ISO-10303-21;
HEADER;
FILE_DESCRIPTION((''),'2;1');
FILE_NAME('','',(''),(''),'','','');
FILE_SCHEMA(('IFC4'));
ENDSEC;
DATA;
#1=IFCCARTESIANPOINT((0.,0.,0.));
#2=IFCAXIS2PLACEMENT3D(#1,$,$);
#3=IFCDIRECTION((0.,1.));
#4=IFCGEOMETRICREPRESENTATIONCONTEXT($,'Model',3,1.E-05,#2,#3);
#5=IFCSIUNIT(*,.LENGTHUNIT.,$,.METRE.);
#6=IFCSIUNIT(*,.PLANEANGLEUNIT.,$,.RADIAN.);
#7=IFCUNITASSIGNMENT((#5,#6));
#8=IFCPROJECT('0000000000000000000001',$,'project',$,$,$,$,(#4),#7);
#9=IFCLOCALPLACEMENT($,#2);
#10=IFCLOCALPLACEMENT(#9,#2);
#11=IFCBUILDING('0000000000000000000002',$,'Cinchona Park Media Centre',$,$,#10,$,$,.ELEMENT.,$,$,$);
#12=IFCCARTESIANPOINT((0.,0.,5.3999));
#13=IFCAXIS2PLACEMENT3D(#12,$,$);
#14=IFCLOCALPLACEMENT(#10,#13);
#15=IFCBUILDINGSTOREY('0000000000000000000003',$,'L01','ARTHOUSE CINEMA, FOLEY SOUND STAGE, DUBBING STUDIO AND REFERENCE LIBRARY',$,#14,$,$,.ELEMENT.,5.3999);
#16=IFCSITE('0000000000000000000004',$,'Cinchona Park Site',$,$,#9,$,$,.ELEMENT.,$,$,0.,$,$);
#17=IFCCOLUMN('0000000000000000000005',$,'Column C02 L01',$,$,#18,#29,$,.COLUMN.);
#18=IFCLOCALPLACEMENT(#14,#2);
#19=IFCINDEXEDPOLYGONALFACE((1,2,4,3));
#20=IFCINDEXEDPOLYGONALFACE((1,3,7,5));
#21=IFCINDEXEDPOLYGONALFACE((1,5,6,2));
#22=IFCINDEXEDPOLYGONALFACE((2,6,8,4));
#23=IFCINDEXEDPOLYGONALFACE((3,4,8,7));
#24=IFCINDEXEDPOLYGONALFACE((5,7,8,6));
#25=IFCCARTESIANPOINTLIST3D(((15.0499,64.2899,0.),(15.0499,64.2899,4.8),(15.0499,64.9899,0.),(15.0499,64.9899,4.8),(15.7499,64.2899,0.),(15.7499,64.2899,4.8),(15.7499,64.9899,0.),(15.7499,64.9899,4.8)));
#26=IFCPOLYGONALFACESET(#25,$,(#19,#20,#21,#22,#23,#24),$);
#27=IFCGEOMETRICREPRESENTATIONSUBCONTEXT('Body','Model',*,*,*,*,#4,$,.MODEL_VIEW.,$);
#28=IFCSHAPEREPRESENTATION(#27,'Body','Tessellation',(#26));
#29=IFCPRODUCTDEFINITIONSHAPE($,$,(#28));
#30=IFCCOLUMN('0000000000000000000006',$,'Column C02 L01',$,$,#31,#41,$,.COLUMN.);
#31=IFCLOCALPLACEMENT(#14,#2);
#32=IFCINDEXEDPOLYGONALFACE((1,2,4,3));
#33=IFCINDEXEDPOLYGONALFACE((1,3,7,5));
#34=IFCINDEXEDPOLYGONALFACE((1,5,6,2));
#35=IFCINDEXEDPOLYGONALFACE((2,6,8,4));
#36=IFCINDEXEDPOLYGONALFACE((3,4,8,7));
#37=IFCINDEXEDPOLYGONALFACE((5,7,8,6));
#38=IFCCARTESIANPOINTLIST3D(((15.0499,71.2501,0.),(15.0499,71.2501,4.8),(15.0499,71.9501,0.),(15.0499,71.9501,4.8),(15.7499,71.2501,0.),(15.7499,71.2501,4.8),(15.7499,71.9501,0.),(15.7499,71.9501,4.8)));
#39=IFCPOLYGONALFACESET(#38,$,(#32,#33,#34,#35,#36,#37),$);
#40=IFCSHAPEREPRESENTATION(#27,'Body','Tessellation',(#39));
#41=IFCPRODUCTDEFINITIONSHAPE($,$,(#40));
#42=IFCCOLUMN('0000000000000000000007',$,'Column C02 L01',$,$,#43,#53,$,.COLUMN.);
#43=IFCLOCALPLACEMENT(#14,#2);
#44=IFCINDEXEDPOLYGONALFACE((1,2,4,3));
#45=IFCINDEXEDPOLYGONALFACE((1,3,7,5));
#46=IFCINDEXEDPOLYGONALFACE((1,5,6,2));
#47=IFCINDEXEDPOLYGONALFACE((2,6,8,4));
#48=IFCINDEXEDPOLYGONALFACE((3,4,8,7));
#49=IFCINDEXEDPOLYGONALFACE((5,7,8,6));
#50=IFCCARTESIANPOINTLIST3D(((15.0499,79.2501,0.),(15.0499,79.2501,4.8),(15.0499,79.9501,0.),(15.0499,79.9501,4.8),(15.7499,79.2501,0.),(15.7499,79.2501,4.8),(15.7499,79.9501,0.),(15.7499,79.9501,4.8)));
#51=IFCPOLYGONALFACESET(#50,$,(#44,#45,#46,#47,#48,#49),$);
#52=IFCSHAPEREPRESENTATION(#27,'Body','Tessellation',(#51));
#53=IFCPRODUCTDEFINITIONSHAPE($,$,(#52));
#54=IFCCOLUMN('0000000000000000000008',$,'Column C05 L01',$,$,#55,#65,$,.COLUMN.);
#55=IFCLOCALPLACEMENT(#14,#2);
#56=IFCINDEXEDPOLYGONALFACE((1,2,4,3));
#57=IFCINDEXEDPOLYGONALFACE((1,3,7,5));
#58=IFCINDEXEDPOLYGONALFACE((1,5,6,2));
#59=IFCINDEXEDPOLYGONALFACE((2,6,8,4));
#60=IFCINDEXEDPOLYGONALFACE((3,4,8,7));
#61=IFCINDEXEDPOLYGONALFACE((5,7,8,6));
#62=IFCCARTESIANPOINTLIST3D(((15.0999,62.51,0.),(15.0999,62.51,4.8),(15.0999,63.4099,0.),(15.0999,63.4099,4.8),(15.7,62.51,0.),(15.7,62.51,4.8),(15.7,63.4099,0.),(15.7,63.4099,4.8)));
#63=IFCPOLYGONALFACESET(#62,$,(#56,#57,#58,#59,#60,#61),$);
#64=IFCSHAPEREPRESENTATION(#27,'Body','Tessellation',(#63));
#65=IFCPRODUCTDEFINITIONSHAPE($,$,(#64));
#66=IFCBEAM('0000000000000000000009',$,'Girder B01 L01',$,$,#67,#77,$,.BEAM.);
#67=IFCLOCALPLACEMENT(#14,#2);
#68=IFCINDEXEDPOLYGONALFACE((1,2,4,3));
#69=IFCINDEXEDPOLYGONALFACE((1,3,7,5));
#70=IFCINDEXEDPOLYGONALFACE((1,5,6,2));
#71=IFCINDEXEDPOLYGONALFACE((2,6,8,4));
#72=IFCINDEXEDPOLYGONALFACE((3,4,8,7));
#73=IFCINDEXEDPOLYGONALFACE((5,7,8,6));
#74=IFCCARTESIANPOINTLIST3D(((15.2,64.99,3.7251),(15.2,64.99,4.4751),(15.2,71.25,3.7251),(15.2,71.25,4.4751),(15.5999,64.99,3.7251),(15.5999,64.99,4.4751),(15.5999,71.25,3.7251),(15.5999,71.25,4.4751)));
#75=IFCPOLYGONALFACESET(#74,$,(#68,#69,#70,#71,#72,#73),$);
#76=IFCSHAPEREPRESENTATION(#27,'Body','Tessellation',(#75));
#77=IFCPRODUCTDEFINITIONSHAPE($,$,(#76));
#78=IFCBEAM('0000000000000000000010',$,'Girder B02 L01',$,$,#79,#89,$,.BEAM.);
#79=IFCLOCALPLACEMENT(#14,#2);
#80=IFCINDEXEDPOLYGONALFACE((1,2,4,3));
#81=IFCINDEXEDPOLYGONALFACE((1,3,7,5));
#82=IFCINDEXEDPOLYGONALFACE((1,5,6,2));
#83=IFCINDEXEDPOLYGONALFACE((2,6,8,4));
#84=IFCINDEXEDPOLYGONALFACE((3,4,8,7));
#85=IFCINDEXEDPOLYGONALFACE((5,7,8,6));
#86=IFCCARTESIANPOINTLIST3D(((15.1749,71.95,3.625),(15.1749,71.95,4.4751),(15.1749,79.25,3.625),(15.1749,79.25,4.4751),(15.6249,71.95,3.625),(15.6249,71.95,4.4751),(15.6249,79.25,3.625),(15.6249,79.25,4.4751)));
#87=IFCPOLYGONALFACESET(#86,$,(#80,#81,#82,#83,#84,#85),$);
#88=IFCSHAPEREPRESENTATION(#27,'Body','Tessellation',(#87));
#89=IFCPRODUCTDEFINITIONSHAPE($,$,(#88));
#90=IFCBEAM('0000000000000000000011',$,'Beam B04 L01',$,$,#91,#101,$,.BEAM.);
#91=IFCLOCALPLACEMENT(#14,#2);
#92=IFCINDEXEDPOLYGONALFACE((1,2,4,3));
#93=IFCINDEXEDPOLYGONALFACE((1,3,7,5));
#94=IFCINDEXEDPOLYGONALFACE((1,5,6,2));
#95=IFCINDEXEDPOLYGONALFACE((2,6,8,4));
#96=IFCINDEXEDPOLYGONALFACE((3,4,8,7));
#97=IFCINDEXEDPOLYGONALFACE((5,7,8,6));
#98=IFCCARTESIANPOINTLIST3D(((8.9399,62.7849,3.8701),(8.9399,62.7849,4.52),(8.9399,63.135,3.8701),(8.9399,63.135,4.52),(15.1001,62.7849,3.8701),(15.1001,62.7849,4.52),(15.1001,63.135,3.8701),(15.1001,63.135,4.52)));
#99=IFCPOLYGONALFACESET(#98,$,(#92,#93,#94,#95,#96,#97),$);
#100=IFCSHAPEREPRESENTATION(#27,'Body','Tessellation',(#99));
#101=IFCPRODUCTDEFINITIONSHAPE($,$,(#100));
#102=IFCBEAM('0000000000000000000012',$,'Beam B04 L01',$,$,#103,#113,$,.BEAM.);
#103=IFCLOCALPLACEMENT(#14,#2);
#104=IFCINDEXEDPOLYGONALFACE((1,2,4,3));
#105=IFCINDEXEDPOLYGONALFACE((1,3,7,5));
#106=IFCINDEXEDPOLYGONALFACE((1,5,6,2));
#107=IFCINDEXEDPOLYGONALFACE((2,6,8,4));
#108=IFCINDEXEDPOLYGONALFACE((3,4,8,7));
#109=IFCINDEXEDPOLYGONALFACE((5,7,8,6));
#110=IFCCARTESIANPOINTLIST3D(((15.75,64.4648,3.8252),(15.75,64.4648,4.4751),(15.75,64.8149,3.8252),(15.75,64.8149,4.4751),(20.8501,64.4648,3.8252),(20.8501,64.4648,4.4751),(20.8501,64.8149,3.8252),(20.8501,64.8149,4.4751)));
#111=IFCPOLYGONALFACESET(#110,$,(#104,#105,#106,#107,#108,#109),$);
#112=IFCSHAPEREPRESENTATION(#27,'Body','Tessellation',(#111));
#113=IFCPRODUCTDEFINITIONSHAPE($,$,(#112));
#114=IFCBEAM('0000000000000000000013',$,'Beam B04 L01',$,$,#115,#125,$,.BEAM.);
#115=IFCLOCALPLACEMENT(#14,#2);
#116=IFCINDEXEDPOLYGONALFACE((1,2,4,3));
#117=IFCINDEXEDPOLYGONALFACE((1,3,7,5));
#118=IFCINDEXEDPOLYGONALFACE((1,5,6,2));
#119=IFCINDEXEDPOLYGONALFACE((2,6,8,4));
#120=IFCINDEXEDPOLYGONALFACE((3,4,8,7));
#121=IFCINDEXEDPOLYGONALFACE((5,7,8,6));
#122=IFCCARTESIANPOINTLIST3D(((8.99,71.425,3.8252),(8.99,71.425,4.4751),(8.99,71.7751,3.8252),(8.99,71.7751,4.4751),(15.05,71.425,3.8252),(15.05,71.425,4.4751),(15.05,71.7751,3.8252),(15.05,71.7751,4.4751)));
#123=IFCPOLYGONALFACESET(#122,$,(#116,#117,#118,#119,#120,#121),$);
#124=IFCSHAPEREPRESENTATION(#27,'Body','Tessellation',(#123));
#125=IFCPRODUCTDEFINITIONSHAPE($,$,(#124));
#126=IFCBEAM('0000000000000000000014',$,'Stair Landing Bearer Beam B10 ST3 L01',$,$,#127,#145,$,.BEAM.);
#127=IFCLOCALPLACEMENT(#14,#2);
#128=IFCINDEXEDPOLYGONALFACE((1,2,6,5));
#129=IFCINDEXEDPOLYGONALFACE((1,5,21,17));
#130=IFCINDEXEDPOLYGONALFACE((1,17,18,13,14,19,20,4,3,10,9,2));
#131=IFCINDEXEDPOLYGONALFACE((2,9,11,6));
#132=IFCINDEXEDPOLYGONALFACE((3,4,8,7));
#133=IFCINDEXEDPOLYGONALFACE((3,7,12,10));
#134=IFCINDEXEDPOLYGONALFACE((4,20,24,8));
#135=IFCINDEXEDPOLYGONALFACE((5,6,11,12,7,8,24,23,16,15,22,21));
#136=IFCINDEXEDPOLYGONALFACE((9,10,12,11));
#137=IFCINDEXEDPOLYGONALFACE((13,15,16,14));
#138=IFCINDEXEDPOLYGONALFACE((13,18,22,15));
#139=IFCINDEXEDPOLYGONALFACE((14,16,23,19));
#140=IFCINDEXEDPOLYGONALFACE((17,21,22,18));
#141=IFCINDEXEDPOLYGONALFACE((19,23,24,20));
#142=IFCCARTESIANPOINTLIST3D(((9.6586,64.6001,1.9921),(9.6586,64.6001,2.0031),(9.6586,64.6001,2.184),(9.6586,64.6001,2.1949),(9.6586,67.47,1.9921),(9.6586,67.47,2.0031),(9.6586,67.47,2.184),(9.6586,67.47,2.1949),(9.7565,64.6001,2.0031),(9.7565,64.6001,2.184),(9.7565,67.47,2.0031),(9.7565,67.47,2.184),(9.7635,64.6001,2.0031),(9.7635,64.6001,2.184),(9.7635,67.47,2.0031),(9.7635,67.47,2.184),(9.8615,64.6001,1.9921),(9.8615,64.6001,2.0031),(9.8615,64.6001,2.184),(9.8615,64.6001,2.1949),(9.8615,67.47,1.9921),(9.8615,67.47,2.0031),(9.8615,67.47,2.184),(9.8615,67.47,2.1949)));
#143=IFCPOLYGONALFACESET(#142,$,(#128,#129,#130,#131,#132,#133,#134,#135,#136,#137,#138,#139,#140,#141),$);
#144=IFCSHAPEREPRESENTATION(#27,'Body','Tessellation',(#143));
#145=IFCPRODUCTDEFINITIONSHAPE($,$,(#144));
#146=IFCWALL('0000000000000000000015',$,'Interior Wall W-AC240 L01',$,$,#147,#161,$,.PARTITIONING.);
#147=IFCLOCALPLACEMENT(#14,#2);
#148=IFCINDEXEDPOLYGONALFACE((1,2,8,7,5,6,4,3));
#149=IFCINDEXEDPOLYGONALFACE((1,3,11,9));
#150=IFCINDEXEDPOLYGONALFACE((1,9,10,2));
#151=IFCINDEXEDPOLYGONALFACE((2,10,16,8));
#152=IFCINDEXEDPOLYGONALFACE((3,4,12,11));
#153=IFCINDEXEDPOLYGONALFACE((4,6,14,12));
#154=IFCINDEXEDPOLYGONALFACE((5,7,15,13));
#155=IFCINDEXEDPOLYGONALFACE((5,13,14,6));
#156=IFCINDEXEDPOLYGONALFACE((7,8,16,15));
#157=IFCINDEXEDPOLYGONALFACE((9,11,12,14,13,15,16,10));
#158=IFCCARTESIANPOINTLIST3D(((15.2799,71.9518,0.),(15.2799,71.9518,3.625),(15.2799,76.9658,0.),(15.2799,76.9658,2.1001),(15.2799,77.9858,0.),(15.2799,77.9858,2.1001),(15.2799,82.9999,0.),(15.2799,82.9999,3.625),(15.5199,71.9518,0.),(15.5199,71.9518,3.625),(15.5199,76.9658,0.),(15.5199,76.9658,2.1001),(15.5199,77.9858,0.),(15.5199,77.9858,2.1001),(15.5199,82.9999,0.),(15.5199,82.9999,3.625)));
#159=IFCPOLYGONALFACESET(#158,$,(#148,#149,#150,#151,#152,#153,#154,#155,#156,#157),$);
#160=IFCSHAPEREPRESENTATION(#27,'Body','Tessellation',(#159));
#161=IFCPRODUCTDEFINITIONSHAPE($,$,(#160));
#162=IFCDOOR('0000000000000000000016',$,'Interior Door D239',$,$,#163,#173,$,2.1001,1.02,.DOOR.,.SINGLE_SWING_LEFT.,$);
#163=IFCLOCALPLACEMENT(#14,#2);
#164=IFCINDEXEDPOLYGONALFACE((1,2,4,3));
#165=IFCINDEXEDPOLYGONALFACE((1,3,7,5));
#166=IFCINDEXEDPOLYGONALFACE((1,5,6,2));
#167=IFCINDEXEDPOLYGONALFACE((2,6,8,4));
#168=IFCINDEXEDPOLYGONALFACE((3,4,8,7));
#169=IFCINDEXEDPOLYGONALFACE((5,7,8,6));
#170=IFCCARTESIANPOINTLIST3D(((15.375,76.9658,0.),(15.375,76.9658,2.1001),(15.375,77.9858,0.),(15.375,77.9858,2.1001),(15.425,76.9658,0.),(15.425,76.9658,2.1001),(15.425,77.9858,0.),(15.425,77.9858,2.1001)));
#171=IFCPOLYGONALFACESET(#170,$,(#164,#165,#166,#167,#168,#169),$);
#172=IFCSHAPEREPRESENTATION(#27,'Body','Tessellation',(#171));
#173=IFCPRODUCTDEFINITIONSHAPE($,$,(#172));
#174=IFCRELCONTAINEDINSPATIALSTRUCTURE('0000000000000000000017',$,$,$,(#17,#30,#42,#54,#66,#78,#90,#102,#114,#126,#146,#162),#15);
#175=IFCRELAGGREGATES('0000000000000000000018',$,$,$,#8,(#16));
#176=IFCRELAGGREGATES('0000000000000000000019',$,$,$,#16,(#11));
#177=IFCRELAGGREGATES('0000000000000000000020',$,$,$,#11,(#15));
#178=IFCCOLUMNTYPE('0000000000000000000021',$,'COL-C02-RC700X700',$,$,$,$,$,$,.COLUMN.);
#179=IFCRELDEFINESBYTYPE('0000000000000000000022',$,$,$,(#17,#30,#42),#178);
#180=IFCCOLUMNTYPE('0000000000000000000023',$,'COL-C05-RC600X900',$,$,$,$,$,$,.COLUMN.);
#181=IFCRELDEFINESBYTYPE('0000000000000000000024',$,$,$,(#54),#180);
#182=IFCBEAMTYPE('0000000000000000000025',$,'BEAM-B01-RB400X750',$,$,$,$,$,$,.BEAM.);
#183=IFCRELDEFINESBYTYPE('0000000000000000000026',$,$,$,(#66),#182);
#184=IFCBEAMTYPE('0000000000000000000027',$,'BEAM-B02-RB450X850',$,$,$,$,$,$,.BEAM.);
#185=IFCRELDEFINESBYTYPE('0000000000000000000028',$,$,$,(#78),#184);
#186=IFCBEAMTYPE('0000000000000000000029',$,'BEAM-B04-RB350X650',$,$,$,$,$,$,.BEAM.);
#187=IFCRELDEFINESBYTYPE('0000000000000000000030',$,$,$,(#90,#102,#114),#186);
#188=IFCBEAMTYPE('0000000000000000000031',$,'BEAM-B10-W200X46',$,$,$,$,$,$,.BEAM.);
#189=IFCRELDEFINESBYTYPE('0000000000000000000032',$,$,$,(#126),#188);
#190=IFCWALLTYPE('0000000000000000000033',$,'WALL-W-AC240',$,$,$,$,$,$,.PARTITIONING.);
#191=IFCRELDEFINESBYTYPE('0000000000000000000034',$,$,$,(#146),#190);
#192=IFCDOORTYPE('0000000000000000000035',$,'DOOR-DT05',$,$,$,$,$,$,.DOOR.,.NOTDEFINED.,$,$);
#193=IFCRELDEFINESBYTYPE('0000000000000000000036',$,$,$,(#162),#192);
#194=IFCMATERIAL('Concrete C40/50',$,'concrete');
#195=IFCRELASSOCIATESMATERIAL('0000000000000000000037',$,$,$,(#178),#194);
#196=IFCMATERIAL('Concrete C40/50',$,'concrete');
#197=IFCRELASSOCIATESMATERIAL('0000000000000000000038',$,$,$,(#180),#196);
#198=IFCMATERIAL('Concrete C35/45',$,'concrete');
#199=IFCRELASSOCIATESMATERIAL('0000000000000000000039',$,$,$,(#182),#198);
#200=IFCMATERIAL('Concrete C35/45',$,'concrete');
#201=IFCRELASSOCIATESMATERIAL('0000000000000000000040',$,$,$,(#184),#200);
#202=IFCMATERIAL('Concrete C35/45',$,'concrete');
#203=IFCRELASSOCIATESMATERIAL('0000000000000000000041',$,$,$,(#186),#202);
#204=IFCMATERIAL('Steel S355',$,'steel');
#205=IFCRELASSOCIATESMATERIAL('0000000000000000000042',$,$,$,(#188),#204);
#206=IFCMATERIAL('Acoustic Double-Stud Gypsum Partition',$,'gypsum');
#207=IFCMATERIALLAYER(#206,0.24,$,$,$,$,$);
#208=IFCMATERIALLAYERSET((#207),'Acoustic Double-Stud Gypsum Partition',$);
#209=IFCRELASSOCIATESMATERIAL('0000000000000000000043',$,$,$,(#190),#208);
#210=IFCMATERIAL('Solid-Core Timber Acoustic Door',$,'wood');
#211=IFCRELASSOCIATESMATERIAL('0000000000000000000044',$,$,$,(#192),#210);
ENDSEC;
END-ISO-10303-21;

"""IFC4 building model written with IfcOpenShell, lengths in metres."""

from ifc_helpers import new_model, si_unit, direction, frame, frame_2d, origin, origin_2d, place, context, subcontext, project, spatial, rectangle, i_section, extrude, material, layer, layer_set, material_profile, profile_set, type_object, element, fill, save


model = new_model("IFC4")

# Units and contexts
model_context = context("Model", 3, precision=1e-05, world=origin(), true_north=direction((0.0, 1.0)))
body_context = subcontext(model_context, "Body", "Model", "MODEL_VIEW")
ifc_project = project(units=[si_unit("LENGTHUNIT", "METRE"), si_unit("PLANEANGLEUNIT", "RADIAN")], contexts=[model_context])

# Site, building, storey
site_placement = place(None, origin())
site = spatial("IfcSite", under=ifc_project, at=site_placement, Name="Cinchona Park Site", CompositionType="ELEMENT", RefElevation=0.0)
building_placement = place(site_placement, origin())
building = spatial("IfcBuilding", under=site, at=building_placement, Name="Cinchona Park Media Centre", CompositionType="ELEMENT")
storey_placement = place(building_placement, frame((0.0, 0.0, 5.3999)))
storey = spatial("IfcBuildingStorey", under=building, at=storey_placement, Name="L01", Description="ARTHOUSE CINEMA, FOLEY SOUND STAGE, DUBBING STUDIO AND REFERENCE LIBRARY", CompositionType="ELEMENT", Elevation=5.3999)

# Columns
ifc_material_1 = material(Name="Concrete C40/50", Category="concrete")
ifc_material_profile_1 = material_profile(ifc_material_1, rectangle(XDim=0.7, YDim=0.7, at=origin_2d()), Name="RC 700X700")
ifc_profile_set_1 = profile_set([ifc_material_profile_1], Name="Concrete C40/50")
column_type_1 = type_object("IfcColumnType", Name="COL-C02-RC700X700", PredefinedType="COLUMN", material=ifc_profile_set_1)
for number, where, z_axis, x_axis, name in (
    (1, (15.3999, 64.6399, 0.0), (0.0, 0.0, 1.0), (1.0, 0.0, 0.0), "Column C02 L01"),
    (2, (15.3999, 71.6001, 0.0), (0.0, 0.0, 1.0), (1.0, 0.0, 0.0), "Column C02 L01"),
    (3, (15.3999, 79.6001, 0.0), (0.0, 0.0, 1.0), (1.0, 0.0, 0.0), "Column C02 L01"),
):
    element("IfcColumn", number, at=place(storey_placement, frame(where, z_axis=z_axis, x_axis=x_axis)), inside=storey, type_object=column_type_1, Name=name, PredefinedType="COLUMN", context=body_context, shape_type="SweptSolid", body=[
        extrude(rectangle(XDim=0.7, YDim=0.7, at=origin_2d()), origin(), (0.0, 0.0, 1.0), 4.8),
    ])
ifc_material_2 = material(Name="Concrete C40/50", Category="concrete")
ifc_material_profile_2 = material_profile(ifc_material_2, rectangle(XDim=0.6001, YDim=0.8999, at=origin_2d()), Name="RC 600X900")
ifc_profile_set_2 = profile_set([ifc_material_profile_2], Name="Concrete C40/50")
column_type_2 = type_object("IfcColumnType", Name="COL-C05-RC600X900", PredefinedType="COLUMN", material=ifc_profile_set_2)
column_placement = place(storey_placement, frame((15.3999, 62.96, 0.0), z_axis=(0.0, 0.0, 1.0), x_axis=(1.0, 0.0, 0.0)))
element("IfcColumn", 4, at=column_placement, inside=storey, type_object=column_type_2, Name="Column C05 L01", PredefinedType="COLUMN", context=body_context, shape_type="SweptSolid", body=[
    extrude(rectangle(XDim=0.6001, YDim=0.8999, at=origin_2d()), origin(), (0.0, 0.0, 1.0), 4.8),
])

# Beams
ifc_material_3 = material(Name="Concrete C35/45", Category="concrete")
ifc_material_profile_3 = material_profile(ifc_material_3, rectangle(XDim=0.3999, YDim=0.75, at=origin_2d()), Name="RB 400X750")
ifc_profile_set_3 = profile_set([ifc_material_profile_3], Name="Concrete C35/45")
beam_type_1 = type_object("IfcBeamType", Name="BEAM-B01-RB400X750", PredefinedType="BEAM", material=ifc_profile_set_3)
beam_1_placement = place(storey_placement, frame((15.3999, 64.99, 4.1001), z_axis=(0.0, 1.0, 0.0), x_axis=(-1.0, 0.0, 0.0)))
element("IfcBeam", 5, at=beam_1_placement, inside=storey, type_object=beam_type_1, Name="Girder B01 L01", PredefinedType="BEAM", context=body_context, shape_type="SweptSolid", body=[
    extrude(rectangle(XDim=0.3999, YDim=0.75, at=origin_2d()), origin(), (0.0, 0.0, 1.0), 6.26),
])
ifc_material_4 = material(Name="Concrete C35/45", Category="concrete")
ifc_material_profile_4 = material_profile(ifc_material_4, rectangle(XDim=0.45, YDim=0.8501, at=origin_2d()), Name="RB 450X850")
ifc_profile_set_4 = profile_set([ifc_material_profile_4], Name="Concrete C35/45")
beam_type_2 = type_object("IfcBeamType", Name="BEAM-B02-RB450X850", PredefinedType="BEAM", material=ifc_profile_set_4)
beam_2_placement = place(storey_placement, frame((15.3999, 71.95, 4.05), z_axis=(0.0, 1.0, 0.0), x_axis=(-1.0, 0.0, 0.0)))
element("IfcBeam", 6, at=beam_2_placement, inside=storey, type_object=beam_type_2, Name="Girder B02 L01", PredefinedType="BEAM", context=body_context, shape_type="SweptSolid", body=[
    extrude(rectangle(XDim=0.45, YDim=0.8501, at=origin_2d()), origin(), (0.0, 0.0, 1.0), 7.3),
])
ifc_material_5 = material(Name="Concrete C35/45", Category="concrete")
ifc_material_profile_5 = material_profile(ifc_material_5, rectangle(XDim=0.3501, YDim=0.6499, at=origin_2d()), Name="RB 350X650")
ifc_profile_set_5 = profile_set([ifc_material_profile_5], Name="Concrete C35/45")
beam_type_3 = type_object("IfcBeamType", Name="BEAM-B04-RB350X650", PredefinedType="BEAM", material=ifc_profile_set_5)
beam_3_placement = place(storey_placement, frame((8.9399, 62.96, 4.1951), z_axis=(1.0, 0.0, 0.0), x_axis=(0.0, 1.0, 0.0)))
element("IfcBeam", 7, at=beam_3_placement, inside=storey, type_object=beam_type_3, Name="Beam B04 L01", PredefinedType="BEAM", context=body_context, shape_type="SweptSolid", body=[
    extrude(rectangle(XDim=0.3501, YDim=0.6499, at=origin_2d()), origin(), (0.0, 0.0, 1.0), 6.1602),
])
beam_4_placement = place(storey_placement, frame((15.75, 64.6399, 4.1501), z_axis=(1.0, 0.0, 0.0), x_axis=(0.0, 1.0, 0.0)))
element("IfcBeam", 8, at=beam_4_placement, inside=storey, type_object=beam_type_3, Name="Beam B04 L01", PredefinedType="BEAM", context=body_context, shape_type="SweptSolid", body=[
    extrude(rectangle(XDim=0.3501, YDim=0.6499, at=origin_2d()), origin(), (0.0, 0.0, 1.0), 5.1001),
])
beam_5_placement = place(storey_placement, frame((8.99, 71.6001, 4.1501), z_axis=(1.0, 0.0, 0.0), x_axis=(0.0, 1.0, 0.0)))
element("IfcBeam", 9, at=beam_5_placement, inside=storey, type_object=beam_type_3, Name="Beam B04 L01", PredefinedType="BEAM", context=body_context, shape_type="SweptSolid", body=[
    extrude(rectangle(XDim=0.3501, YDim=0.6499, at=origin_2d()), origin(), (0.0, 0.0, 1.0), 6.0601),
])
ifc_material_6 = material(Name="Steel S355", Category="steel")
ifc_material_profile_6 = material_profile(ifc_material_6, i_section(OverallWidth=0.2029, OverallDepth=0.2029, WebThickness=0.0071, FlangeThickness=0.011, at=origin_2d()), Name="W200X46")
ifc_profile_set_6 = profile_set([ifc_material_profile_6], Name="Steel S355")
beam_type_4 = type_object("IfcBeamType", Name="BEAM-B10-W200X46", PredefinedType="BEAM", material=ifc_profile_set_6)
beam_6_placement = place(storey_placement, frame((9.76, 67.47, 2.0935), z_axis=(0.0, -1.0, 0.0), x_axis=(1.0, 0.0, 0.0)))
element("IfcBeam", 10, at=beam_6_placement, inside=storey, type_object=beam_type_4, Name="Stair Landing Bearer Beam B10 ST3 L01", PredefinedType="BEAM", context=body_context, shape_type="SweptSolid", body=[
    extrude(i_section(OverallWidth=0.2029, OverallDepth=0.2029, WebThickness=0.0071, FlangeThickness=0.011, at=origin_2d()), origin(), (0.0, 0.0, 1.0), 2.8699),
])

# Wall, opening, door
ifc_material_7 = material(Name="Acoustic Double-Stud Gypsum Partition", Category="gypsum")
ifc_layer_1 = layer(ifc_material_7, 0.24)
ifc_layer_set_1 = layer_set([ifc_layer_1], Name="Acoustic Double-Stud Gypsum Partition")
wall_type_1 = type_object("IfcWallType", Name="WALL-W-AC240", PredefinedType="PARTITIONING", material=ifc_layer_set_1)
wall_1_placement = place(storey_placement, frame((15.3999, 71.9519, 0.0), z_axis=(0.0, 0.0, 1.0), x_axis=(0.0, 1.0, 0.0)))
wall_1 = element("IfcWall", 11, at=wall_1_placement, inside=storey, type_object=wall_type_1, Name="Interior Wall W-AC240 L01", PredefinedType="PARTITIONING", context=body_context, shape_type="SweptSolid", body=[
    extrude(rectangle(XDim=11.0481, YDim=0.24, at=frame_2d((5.5239, 0.0))), origin(), (0.0, 0.0, 1.0), 3.625),
])
opening_1_placement = place(wall_1_placement, frame((5.0139, 0.0, 0.0)))
opening_1 = element("IfcOpeningElement", 12, at=opening_1_placement, cuts=wall_1, PredefinedType="OPENING", context=body_context, shape_type="SweptSolid", body=[
    extrude(rectangle(XDim=1.02, YDim=2.1001, at=frame_2d((0.51, 1.05))), frame((0.0, 0.1299, 0.0), z_axis=(0.0, -1.0, 0.0), x_axis=(1.0, 0.0, 0.0)), (0.0, 0.0, 1.0), 0.26),
])
ifc_material_8 = material(Name="Solid-Core Timber Acoustic Door", Category="wood")
door_type_1 = type_object("IfcDoorType", Name="DOOR-DT05", OperationType="NOTDEFINED", PredefinedType="DOOR", material=ifc_material_8)
door_1_placement = place(opening_1_placement, origin())
door_1 = element("IfcDoor", 13, at=door_1_placement, inside=storey, type_object=door_type_1, Name="Interior Door D239", OperationType="SINGLE_SWING_LEFT", OverallHeight=2.1001, OverallWidth=1.02, PredefinedType="DOOR", context=body_context, shape_type="SweptSolid", body=[
    extrude(rectangle(XDim=1.02, YDim=2.1001, at=frame_2d((0.51, 1.05))), frame((0.0, 0.0249, 0.0), z_axis=(0.0, -1.0, 0.0), x_axis=(1.0, 0.0, 0.0)), (0.0, 0.0, 1.0), 0.05),
])
fill(opening_1, door_1)

save(model, "model.ifc")
